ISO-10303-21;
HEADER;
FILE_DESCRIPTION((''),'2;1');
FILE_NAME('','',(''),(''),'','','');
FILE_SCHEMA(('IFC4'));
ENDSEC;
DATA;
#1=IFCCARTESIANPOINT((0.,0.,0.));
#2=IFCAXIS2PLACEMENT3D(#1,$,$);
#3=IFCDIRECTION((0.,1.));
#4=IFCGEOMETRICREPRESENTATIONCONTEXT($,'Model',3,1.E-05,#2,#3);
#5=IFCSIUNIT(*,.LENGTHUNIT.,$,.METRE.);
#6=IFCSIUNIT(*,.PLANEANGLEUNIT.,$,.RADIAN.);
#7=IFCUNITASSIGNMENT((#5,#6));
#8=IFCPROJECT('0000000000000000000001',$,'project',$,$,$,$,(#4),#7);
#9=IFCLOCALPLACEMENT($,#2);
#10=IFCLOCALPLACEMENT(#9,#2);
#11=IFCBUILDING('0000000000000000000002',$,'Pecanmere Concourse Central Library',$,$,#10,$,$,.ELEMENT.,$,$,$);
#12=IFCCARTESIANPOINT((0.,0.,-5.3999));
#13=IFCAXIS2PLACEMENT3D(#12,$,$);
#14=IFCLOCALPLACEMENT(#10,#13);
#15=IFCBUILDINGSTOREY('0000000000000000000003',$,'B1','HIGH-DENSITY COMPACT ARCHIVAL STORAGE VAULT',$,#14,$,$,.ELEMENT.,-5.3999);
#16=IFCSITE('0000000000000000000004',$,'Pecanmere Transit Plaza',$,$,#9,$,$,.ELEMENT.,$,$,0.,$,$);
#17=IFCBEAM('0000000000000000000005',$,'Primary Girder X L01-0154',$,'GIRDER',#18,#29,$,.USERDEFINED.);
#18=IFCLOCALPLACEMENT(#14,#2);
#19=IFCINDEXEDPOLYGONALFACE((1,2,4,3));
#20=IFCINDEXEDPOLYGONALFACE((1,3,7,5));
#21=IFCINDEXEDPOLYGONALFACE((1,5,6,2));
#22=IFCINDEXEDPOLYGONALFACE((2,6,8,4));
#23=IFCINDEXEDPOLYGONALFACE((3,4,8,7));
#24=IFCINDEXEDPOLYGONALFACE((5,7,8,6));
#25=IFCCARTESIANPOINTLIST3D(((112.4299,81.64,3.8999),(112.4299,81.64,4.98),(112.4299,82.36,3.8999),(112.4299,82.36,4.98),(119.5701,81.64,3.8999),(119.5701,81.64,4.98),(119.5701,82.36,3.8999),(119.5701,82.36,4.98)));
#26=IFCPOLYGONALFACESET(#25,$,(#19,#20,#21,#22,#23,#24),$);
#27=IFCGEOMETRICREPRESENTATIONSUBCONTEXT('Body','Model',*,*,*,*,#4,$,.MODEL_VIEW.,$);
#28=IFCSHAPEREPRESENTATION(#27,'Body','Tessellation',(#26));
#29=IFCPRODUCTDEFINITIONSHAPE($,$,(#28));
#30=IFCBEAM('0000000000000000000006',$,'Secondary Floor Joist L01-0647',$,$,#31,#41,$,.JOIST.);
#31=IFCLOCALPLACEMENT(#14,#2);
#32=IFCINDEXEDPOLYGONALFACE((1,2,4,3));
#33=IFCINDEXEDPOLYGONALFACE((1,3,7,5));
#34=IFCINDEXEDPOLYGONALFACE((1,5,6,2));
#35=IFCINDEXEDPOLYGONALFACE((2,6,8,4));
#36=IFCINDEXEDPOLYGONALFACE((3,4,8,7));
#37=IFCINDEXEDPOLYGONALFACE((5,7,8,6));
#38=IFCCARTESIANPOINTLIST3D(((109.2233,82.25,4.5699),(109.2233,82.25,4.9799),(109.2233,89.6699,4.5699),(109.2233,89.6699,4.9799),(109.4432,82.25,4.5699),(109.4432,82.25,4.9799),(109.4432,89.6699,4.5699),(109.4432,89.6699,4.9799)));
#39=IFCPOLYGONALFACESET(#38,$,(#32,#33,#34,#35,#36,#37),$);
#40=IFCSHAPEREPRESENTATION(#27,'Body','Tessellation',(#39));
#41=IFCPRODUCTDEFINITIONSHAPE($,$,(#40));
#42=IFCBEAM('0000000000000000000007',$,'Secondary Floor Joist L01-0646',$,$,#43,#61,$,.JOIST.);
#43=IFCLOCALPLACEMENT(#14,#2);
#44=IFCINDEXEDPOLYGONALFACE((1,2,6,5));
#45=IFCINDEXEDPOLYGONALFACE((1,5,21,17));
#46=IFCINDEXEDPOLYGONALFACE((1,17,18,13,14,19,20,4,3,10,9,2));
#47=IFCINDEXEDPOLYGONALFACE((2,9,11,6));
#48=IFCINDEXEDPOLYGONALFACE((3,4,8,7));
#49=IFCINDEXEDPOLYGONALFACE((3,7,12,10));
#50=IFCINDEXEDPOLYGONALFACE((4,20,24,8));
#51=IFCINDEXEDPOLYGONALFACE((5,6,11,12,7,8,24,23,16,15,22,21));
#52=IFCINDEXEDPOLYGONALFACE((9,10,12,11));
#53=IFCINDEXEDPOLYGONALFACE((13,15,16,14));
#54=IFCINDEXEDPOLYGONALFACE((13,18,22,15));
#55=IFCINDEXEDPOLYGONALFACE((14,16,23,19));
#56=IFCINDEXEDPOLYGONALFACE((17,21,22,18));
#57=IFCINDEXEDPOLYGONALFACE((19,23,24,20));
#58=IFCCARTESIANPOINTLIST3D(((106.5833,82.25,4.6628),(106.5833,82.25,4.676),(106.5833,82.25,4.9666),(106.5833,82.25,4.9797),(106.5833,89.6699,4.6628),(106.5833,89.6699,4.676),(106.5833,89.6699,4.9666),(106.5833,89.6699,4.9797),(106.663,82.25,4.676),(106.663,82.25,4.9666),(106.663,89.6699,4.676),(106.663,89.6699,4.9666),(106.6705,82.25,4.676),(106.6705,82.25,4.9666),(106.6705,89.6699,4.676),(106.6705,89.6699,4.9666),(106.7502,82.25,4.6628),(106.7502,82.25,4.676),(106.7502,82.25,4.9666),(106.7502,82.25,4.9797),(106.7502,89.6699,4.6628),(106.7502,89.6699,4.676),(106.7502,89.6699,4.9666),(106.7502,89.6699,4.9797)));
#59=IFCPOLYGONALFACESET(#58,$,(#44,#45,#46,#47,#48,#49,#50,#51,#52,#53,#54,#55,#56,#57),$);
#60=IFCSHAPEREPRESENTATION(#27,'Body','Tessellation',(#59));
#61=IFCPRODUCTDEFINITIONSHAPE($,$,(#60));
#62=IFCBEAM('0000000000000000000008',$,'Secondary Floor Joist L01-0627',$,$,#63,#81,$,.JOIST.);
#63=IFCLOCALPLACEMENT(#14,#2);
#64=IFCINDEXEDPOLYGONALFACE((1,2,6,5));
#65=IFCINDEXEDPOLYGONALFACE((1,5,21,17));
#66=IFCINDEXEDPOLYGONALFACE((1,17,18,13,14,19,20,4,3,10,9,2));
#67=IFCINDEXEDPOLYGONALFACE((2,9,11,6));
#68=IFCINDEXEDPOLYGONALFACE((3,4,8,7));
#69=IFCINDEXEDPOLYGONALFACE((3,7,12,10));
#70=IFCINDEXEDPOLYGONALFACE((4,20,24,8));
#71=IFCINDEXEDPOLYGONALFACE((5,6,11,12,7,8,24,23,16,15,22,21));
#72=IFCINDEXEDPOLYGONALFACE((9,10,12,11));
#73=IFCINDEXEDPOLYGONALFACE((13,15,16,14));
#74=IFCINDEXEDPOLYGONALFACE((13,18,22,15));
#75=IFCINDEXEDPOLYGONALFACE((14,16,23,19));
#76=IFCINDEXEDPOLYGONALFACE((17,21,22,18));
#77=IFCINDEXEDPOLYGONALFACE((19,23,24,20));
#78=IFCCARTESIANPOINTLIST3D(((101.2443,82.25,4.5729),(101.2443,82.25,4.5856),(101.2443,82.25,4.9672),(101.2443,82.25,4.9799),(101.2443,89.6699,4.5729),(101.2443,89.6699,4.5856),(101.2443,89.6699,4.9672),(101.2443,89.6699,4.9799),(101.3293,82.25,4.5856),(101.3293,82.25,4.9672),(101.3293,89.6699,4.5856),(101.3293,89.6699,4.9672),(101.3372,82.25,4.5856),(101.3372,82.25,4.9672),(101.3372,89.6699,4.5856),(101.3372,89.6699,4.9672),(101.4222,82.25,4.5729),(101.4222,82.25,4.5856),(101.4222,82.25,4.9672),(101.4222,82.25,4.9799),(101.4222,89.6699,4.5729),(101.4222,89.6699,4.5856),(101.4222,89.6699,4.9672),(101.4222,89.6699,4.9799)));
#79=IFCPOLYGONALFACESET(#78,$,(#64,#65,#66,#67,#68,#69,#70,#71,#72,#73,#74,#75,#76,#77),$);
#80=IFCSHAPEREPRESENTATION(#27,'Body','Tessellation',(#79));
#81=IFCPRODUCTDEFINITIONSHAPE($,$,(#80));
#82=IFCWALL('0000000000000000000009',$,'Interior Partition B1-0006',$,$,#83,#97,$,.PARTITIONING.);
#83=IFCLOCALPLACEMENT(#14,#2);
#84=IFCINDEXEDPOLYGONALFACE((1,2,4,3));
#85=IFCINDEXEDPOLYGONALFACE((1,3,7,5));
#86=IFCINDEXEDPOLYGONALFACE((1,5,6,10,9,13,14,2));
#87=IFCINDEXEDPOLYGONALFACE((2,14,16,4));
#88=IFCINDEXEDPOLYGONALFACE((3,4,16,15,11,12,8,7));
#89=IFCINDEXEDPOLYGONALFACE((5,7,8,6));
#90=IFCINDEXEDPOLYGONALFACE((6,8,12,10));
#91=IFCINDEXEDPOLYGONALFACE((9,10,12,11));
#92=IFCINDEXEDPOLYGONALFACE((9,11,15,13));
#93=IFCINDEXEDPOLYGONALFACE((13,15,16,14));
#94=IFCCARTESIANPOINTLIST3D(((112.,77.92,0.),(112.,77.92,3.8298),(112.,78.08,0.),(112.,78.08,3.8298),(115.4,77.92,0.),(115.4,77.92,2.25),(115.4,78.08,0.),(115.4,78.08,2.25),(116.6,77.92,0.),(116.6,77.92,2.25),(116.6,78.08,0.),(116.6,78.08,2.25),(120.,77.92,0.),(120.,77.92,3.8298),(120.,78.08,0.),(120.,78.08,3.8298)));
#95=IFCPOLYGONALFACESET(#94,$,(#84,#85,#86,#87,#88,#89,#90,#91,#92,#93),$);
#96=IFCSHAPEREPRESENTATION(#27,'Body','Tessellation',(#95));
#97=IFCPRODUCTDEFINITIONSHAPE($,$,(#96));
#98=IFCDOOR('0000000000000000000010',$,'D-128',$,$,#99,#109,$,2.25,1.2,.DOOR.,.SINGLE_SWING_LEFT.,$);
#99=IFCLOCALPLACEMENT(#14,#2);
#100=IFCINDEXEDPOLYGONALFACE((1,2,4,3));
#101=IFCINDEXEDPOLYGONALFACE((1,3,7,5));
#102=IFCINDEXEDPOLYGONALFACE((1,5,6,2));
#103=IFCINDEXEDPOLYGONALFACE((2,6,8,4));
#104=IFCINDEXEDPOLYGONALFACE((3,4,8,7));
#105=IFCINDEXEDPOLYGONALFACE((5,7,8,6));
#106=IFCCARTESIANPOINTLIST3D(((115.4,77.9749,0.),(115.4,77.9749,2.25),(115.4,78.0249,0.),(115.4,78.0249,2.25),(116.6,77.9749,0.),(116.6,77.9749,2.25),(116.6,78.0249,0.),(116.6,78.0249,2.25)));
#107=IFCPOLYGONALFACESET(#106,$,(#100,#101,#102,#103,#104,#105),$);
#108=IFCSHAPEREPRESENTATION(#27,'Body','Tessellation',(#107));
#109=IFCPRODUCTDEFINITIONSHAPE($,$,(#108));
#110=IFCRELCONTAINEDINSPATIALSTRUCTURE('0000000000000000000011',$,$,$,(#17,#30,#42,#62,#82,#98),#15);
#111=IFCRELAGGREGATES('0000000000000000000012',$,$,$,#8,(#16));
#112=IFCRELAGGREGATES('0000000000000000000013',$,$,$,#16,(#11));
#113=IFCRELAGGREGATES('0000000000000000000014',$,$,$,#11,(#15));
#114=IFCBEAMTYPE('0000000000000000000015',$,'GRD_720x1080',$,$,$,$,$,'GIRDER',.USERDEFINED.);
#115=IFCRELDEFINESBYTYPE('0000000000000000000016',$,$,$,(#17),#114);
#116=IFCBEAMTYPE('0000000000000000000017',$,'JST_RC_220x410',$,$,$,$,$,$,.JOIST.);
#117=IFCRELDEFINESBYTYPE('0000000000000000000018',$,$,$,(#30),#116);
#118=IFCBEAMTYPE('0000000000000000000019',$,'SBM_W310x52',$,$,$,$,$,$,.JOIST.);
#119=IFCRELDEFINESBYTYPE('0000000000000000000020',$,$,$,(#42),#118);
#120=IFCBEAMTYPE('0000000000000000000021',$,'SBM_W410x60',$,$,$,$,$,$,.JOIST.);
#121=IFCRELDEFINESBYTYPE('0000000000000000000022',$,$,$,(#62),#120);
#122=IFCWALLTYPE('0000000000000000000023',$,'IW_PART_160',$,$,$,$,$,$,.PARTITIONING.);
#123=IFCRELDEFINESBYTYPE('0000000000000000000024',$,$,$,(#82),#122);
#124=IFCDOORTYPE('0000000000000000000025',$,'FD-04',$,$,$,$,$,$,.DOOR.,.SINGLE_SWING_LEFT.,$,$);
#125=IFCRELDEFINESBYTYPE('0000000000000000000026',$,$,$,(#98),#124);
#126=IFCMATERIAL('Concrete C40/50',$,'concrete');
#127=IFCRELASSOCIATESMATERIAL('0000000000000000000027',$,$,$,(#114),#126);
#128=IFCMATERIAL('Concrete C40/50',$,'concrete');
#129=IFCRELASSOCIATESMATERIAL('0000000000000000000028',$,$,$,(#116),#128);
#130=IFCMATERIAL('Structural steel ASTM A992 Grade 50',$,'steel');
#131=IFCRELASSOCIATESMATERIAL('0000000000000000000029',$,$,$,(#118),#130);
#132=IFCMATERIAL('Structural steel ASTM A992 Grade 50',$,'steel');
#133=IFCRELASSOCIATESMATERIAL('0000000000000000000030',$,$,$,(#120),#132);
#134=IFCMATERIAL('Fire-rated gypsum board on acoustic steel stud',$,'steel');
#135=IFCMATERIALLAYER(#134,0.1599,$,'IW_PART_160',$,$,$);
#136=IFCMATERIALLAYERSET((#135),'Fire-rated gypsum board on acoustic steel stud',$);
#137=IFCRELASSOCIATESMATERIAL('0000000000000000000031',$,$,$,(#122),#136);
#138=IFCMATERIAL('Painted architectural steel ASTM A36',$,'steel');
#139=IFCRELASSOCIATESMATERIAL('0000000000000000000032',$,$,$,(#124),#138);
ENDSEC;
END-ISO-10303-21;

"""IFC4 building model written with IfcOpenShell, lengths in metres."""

from ifc_helpers import new_model, si_unit, direction, frame, frame_2d, origin, origin_2d, place, context, subcontext, project, spatial, rectangle, i_section, extrude, material, layer, layer_set, material_profile, profile_set, type_object, element, fill, save


model = new_model("IFC4")

# Units and contexts
model_context = context("Model", 3, precision=1e-05, world=origin(), true_north=direction((0.0, 1.0)))
body_context = subcontext(model_context, "Body", "Model", "MODEL_VIEW")
ifc_project = project(units=[si_unit("LENGTHUNIT", "METRE"), si_unit("PLANEANGLEUNIT", "RADIAN")], contexts=[model_context])

# Site, building, storey
site_placement = place(None, origin())
site = spatial("IfcSite", under=ifc_project, at=site_placement, Name="Pecanmere Transit Plaza", CompositionType="ELEMENT", RefElevation=0.0)
building_placement = place(site_placement, origin())
building = spatial("IfcBuilding", under=site, at=building_placement, Name="Pecanmere Concourse Central Library", CompositionType="ELEMENT")
storey_placement = place(building_placement, frame((0.0, 0.0, -5.3999)))
storey = spatial("IfcBuildingStorey", under=building, at=storey_placement, Name="B1", Description="HIGH-DENSITY COMPACT ARCHIVAL STORAGE VAULT", CompositionType="ELEMENT", Elevation=-5.3999)

# Beams
ifc_material_1 = material(Name="Concrete C40/50", Category="concrete")
ifc_material_profile_1 = material_profile(ifc_material_1, rectangle(XDim=0.72, YDim=1.0801, at=origin_2d()), Name="RC 720x1080")
ifc_profile_set_1 = profile_set([ifc_material_profile_1], Name="Concrete C40/50")
beam_type_1 = type_object("IfcBeamType", Name="GRD_720x1080", ElementType="GIRDER", PredefinedType="USERDEFINED", material=ifc_profile_set_1)
beam_1_placement = place(storey_placement, frame((112.4299, 82.0, 4.4399), z_axis=(1.0, 0.0, 0.0), x_axis=(0.0, 1.0, 0.0)))
element("IfcBeam", 1, at=beam_1_placement, inside=storey, type_object=beam_type_1, Name="Primary Girder X L01-0154", ObjectType="GIRDER", PredefinedType="USERDEFINED", context=body_context, shape_type="SweptSolid", body=[
    extrude(rectangle(XDim=0.72, YDim=1.0801, at=origin_2d()), origin(), (0.0, 0.0, 1.0), 7.1401),
])
ifc_material_2 = material(Name="Concrete C40/50", Category="concrete")
ifc_material_profile_2 = material_profile(ifc_material_2, rectangle(XDim=0.22, YDim=0.4099, at=origin_2d()), Name="RC 220x410")
ifc_profile_set_2 = profile_set([ifc_material_profile_2], Name="Concrete C40/50")
beam_type_2 = type_object("IfcBeamType", Name="JST_RC_220x410", PredefinedType="JOIST", material=ifc_profile_set_2)
beam_2_placement = place(storey_placement, frame((109.3333, 82.25, 4.7749), z_axis=(0.0, 1.0, 0.0), x_axis=(-1.0, 0.0, 0.0)))
element("IfcBeam", 2, at=beam_2_placement, inside=storey, type_object=beam_type_2, Name="Secondary Floor Joist L01-0647", PredefinedType="JOIST", context=body_context, shape_type="SweptSolid", body=[
    extrude(rectangle(XDim=0.22, YDim=0.4099, at=origin_2d()), origin(), (0.0, 0.0, 1.0), 7.4199),
])
ifc_material_3 = material(Name="Structural steel ASTM A992 Grade 50", Category="steel")
ifc_material_profile_3 = material_profile(ifc_material_3, i_section(OverallWidth=0.167, OverallDepth=0.3169, WebThickness=0.0076, FlangeThickness=0.0132, at=origin_2d()), Name="W310x52")
ifc_profile_set_3 = profile_set([ifc_material_profile_3], Name="Structural steel ASTM A992 Grade 50")
beam_type_3 = type_object("IfcBeamType", Name="SBM_W310x52", PredefinedType="JOIST", material=ifc_profile_set_3)
beam_3_placement = place(storey_placement, frame((106.6667, 82.25, 4.8213), z_axis=(0.0, 1.0, 0.0), x_axis=(-1.0, 0.0, 0.0)))
element("IfcBeam", 3, at=beam_3_placement, inside=storey, type_object=beam_type_3, Name="Secondary Floor Joist L01-0646", PredefinedType="JOIST", context=body_context, shape_type="SweptSolid", body=[
    extrude(i_section(OverallWidth=0.167, OverallDepth=0.3169, WebThickness=0.0076, FlangeThickness=0.0132, at=origin_2d()), origin(), (0.0, 0.0, 1.0), 7.4199),
])
ifc_material_4 = material(Name="Structural steel ASTM A992 Grade 50", Category="steel")
ifc_material_profile_4 = material_profile(ifc_material_4, i_section(OverallWidth=0.178, OverallDepth=0.407, WebThickness=0.0078, FlangeThickness=0.0127, at=origin_2d()), Name="W410x60")
ifc_profile_set_4 = profile_set([ifc_material_profile_4], Name="Structural steel ASTM A992 Grade 50")
beam_type_4 = type_object("IfcBeamType", Name="SBM_W410x60", PredefinedType="JOIST", material=ifc_profile_set_4)
beam_4_placement = place(storey_placement, frame((101.3333, 82.25, 4.7764), z_axis=(0.0, 1.0, 0.0), x_axis=(-1.0, 0.0, 0.0)))
element("IfcBeam", 4, at=beam_4_placement, inside=storey, type_object=beam_type_4, Name="Secondary Floor Joist L01-0627", PredefinedType="JOIST", context=body_context, shape_type="SweptSolid", body=[
    extrude(i_section(OverallWidth=0.178, OverallDepth=0.407, WebThickness=0.0078, FlangeThickness=0.0127, at=origin_2d()), origin(), (0.0, 0.0, 1.0), 7.4199),
])

# Wall, opening, door
ifc_material_5 = material(Name="Fire-rated gypsum board on acoustic steel stud", Category="steel")
ifc_layer = layer(ifc_material_5, 0.1599, Name="IW_PART_160")
ifc_layer_set = layer_set([ifc_layer], Name="Fire-rated gypsum board on acoustic steel stud")
wall_type = type_object("IfcWallType", Name="IW_PART_160", PredefinedType="PARTITIONING", material=ifc_layer_set)
wall_placement = place(storey_placement, frame((112.0, 78.0, 0.0), z_axis=(0.0, 0.0, 1.0), x_axis=(1.0, 0.0, 0.0)))
wall = element("IfcWall", 5, at=wall_placement, inside=storey, type_object=wall_type, Name="Interior Partition B1-0006", PredefinedType="PARTITIONING", context=body_context, shape_type="SweptSolid", body=[
    extrude(rectangle(XDim=8.0, YDim=0.1599, at=frame_2d((4.0, 0.0))), origin(), (0.0, 0.0, 1.0), 3.8298),
])
opening_placement = place(wall_placement, frame((3.3999, 0.0, 0.0)))
opening = element("IfcOpeningElement", 6, at=opening_placement, cuts=wall, PredefinedType="OPENING", context=body_context, shape_type="SweptSolid", body=[
    extrude(rectangle(XDim=1.2, YDim=2.25, at=frame_2d((0.6001, 1.125))), frame((0.0, 0.0918, 0.0), z_axis=(0.0, -1.0, 0.0), x_axis=(1.0, 0.0, 0.0)), (0.0, 0.0, 1.0), 0.1838),
])
ifc_material_6 = material(Name="Painted architectural steel ASTM A36", Category="steel")
door_type = type_object("IfcDoorType", Name="FD-04", OperationType="SINGLE_SWING_LEFT", PredefinedType="DOOR", material=ifc_material_6)
door_placement = place(opening_placement, origin())
door = element("IfcDoor", 7, at=door_placement, inside=storey, type_object=door_type, Name="D-128", OperationType="SINGLE_SWING_LEFT", OverallHeight=2.25, OverallWidth=1.2, PredefinedType="DOOR", context=body_context, shape_type="SweptSolid", body=[
    extrude(rectangle(XDim=1.2, YDim=2.25, at=frame_2d((0.6001, 1.125))), frame((0.0, 0.0249, 0.0), z_axis=(0.0, -1.0, 0.0), x_axis=(1.0, 0.0, 0.0)), (0.0, 0.0, 1.0), 0.05),
])
fill(opening, door)

save(model, "model.ifc")
